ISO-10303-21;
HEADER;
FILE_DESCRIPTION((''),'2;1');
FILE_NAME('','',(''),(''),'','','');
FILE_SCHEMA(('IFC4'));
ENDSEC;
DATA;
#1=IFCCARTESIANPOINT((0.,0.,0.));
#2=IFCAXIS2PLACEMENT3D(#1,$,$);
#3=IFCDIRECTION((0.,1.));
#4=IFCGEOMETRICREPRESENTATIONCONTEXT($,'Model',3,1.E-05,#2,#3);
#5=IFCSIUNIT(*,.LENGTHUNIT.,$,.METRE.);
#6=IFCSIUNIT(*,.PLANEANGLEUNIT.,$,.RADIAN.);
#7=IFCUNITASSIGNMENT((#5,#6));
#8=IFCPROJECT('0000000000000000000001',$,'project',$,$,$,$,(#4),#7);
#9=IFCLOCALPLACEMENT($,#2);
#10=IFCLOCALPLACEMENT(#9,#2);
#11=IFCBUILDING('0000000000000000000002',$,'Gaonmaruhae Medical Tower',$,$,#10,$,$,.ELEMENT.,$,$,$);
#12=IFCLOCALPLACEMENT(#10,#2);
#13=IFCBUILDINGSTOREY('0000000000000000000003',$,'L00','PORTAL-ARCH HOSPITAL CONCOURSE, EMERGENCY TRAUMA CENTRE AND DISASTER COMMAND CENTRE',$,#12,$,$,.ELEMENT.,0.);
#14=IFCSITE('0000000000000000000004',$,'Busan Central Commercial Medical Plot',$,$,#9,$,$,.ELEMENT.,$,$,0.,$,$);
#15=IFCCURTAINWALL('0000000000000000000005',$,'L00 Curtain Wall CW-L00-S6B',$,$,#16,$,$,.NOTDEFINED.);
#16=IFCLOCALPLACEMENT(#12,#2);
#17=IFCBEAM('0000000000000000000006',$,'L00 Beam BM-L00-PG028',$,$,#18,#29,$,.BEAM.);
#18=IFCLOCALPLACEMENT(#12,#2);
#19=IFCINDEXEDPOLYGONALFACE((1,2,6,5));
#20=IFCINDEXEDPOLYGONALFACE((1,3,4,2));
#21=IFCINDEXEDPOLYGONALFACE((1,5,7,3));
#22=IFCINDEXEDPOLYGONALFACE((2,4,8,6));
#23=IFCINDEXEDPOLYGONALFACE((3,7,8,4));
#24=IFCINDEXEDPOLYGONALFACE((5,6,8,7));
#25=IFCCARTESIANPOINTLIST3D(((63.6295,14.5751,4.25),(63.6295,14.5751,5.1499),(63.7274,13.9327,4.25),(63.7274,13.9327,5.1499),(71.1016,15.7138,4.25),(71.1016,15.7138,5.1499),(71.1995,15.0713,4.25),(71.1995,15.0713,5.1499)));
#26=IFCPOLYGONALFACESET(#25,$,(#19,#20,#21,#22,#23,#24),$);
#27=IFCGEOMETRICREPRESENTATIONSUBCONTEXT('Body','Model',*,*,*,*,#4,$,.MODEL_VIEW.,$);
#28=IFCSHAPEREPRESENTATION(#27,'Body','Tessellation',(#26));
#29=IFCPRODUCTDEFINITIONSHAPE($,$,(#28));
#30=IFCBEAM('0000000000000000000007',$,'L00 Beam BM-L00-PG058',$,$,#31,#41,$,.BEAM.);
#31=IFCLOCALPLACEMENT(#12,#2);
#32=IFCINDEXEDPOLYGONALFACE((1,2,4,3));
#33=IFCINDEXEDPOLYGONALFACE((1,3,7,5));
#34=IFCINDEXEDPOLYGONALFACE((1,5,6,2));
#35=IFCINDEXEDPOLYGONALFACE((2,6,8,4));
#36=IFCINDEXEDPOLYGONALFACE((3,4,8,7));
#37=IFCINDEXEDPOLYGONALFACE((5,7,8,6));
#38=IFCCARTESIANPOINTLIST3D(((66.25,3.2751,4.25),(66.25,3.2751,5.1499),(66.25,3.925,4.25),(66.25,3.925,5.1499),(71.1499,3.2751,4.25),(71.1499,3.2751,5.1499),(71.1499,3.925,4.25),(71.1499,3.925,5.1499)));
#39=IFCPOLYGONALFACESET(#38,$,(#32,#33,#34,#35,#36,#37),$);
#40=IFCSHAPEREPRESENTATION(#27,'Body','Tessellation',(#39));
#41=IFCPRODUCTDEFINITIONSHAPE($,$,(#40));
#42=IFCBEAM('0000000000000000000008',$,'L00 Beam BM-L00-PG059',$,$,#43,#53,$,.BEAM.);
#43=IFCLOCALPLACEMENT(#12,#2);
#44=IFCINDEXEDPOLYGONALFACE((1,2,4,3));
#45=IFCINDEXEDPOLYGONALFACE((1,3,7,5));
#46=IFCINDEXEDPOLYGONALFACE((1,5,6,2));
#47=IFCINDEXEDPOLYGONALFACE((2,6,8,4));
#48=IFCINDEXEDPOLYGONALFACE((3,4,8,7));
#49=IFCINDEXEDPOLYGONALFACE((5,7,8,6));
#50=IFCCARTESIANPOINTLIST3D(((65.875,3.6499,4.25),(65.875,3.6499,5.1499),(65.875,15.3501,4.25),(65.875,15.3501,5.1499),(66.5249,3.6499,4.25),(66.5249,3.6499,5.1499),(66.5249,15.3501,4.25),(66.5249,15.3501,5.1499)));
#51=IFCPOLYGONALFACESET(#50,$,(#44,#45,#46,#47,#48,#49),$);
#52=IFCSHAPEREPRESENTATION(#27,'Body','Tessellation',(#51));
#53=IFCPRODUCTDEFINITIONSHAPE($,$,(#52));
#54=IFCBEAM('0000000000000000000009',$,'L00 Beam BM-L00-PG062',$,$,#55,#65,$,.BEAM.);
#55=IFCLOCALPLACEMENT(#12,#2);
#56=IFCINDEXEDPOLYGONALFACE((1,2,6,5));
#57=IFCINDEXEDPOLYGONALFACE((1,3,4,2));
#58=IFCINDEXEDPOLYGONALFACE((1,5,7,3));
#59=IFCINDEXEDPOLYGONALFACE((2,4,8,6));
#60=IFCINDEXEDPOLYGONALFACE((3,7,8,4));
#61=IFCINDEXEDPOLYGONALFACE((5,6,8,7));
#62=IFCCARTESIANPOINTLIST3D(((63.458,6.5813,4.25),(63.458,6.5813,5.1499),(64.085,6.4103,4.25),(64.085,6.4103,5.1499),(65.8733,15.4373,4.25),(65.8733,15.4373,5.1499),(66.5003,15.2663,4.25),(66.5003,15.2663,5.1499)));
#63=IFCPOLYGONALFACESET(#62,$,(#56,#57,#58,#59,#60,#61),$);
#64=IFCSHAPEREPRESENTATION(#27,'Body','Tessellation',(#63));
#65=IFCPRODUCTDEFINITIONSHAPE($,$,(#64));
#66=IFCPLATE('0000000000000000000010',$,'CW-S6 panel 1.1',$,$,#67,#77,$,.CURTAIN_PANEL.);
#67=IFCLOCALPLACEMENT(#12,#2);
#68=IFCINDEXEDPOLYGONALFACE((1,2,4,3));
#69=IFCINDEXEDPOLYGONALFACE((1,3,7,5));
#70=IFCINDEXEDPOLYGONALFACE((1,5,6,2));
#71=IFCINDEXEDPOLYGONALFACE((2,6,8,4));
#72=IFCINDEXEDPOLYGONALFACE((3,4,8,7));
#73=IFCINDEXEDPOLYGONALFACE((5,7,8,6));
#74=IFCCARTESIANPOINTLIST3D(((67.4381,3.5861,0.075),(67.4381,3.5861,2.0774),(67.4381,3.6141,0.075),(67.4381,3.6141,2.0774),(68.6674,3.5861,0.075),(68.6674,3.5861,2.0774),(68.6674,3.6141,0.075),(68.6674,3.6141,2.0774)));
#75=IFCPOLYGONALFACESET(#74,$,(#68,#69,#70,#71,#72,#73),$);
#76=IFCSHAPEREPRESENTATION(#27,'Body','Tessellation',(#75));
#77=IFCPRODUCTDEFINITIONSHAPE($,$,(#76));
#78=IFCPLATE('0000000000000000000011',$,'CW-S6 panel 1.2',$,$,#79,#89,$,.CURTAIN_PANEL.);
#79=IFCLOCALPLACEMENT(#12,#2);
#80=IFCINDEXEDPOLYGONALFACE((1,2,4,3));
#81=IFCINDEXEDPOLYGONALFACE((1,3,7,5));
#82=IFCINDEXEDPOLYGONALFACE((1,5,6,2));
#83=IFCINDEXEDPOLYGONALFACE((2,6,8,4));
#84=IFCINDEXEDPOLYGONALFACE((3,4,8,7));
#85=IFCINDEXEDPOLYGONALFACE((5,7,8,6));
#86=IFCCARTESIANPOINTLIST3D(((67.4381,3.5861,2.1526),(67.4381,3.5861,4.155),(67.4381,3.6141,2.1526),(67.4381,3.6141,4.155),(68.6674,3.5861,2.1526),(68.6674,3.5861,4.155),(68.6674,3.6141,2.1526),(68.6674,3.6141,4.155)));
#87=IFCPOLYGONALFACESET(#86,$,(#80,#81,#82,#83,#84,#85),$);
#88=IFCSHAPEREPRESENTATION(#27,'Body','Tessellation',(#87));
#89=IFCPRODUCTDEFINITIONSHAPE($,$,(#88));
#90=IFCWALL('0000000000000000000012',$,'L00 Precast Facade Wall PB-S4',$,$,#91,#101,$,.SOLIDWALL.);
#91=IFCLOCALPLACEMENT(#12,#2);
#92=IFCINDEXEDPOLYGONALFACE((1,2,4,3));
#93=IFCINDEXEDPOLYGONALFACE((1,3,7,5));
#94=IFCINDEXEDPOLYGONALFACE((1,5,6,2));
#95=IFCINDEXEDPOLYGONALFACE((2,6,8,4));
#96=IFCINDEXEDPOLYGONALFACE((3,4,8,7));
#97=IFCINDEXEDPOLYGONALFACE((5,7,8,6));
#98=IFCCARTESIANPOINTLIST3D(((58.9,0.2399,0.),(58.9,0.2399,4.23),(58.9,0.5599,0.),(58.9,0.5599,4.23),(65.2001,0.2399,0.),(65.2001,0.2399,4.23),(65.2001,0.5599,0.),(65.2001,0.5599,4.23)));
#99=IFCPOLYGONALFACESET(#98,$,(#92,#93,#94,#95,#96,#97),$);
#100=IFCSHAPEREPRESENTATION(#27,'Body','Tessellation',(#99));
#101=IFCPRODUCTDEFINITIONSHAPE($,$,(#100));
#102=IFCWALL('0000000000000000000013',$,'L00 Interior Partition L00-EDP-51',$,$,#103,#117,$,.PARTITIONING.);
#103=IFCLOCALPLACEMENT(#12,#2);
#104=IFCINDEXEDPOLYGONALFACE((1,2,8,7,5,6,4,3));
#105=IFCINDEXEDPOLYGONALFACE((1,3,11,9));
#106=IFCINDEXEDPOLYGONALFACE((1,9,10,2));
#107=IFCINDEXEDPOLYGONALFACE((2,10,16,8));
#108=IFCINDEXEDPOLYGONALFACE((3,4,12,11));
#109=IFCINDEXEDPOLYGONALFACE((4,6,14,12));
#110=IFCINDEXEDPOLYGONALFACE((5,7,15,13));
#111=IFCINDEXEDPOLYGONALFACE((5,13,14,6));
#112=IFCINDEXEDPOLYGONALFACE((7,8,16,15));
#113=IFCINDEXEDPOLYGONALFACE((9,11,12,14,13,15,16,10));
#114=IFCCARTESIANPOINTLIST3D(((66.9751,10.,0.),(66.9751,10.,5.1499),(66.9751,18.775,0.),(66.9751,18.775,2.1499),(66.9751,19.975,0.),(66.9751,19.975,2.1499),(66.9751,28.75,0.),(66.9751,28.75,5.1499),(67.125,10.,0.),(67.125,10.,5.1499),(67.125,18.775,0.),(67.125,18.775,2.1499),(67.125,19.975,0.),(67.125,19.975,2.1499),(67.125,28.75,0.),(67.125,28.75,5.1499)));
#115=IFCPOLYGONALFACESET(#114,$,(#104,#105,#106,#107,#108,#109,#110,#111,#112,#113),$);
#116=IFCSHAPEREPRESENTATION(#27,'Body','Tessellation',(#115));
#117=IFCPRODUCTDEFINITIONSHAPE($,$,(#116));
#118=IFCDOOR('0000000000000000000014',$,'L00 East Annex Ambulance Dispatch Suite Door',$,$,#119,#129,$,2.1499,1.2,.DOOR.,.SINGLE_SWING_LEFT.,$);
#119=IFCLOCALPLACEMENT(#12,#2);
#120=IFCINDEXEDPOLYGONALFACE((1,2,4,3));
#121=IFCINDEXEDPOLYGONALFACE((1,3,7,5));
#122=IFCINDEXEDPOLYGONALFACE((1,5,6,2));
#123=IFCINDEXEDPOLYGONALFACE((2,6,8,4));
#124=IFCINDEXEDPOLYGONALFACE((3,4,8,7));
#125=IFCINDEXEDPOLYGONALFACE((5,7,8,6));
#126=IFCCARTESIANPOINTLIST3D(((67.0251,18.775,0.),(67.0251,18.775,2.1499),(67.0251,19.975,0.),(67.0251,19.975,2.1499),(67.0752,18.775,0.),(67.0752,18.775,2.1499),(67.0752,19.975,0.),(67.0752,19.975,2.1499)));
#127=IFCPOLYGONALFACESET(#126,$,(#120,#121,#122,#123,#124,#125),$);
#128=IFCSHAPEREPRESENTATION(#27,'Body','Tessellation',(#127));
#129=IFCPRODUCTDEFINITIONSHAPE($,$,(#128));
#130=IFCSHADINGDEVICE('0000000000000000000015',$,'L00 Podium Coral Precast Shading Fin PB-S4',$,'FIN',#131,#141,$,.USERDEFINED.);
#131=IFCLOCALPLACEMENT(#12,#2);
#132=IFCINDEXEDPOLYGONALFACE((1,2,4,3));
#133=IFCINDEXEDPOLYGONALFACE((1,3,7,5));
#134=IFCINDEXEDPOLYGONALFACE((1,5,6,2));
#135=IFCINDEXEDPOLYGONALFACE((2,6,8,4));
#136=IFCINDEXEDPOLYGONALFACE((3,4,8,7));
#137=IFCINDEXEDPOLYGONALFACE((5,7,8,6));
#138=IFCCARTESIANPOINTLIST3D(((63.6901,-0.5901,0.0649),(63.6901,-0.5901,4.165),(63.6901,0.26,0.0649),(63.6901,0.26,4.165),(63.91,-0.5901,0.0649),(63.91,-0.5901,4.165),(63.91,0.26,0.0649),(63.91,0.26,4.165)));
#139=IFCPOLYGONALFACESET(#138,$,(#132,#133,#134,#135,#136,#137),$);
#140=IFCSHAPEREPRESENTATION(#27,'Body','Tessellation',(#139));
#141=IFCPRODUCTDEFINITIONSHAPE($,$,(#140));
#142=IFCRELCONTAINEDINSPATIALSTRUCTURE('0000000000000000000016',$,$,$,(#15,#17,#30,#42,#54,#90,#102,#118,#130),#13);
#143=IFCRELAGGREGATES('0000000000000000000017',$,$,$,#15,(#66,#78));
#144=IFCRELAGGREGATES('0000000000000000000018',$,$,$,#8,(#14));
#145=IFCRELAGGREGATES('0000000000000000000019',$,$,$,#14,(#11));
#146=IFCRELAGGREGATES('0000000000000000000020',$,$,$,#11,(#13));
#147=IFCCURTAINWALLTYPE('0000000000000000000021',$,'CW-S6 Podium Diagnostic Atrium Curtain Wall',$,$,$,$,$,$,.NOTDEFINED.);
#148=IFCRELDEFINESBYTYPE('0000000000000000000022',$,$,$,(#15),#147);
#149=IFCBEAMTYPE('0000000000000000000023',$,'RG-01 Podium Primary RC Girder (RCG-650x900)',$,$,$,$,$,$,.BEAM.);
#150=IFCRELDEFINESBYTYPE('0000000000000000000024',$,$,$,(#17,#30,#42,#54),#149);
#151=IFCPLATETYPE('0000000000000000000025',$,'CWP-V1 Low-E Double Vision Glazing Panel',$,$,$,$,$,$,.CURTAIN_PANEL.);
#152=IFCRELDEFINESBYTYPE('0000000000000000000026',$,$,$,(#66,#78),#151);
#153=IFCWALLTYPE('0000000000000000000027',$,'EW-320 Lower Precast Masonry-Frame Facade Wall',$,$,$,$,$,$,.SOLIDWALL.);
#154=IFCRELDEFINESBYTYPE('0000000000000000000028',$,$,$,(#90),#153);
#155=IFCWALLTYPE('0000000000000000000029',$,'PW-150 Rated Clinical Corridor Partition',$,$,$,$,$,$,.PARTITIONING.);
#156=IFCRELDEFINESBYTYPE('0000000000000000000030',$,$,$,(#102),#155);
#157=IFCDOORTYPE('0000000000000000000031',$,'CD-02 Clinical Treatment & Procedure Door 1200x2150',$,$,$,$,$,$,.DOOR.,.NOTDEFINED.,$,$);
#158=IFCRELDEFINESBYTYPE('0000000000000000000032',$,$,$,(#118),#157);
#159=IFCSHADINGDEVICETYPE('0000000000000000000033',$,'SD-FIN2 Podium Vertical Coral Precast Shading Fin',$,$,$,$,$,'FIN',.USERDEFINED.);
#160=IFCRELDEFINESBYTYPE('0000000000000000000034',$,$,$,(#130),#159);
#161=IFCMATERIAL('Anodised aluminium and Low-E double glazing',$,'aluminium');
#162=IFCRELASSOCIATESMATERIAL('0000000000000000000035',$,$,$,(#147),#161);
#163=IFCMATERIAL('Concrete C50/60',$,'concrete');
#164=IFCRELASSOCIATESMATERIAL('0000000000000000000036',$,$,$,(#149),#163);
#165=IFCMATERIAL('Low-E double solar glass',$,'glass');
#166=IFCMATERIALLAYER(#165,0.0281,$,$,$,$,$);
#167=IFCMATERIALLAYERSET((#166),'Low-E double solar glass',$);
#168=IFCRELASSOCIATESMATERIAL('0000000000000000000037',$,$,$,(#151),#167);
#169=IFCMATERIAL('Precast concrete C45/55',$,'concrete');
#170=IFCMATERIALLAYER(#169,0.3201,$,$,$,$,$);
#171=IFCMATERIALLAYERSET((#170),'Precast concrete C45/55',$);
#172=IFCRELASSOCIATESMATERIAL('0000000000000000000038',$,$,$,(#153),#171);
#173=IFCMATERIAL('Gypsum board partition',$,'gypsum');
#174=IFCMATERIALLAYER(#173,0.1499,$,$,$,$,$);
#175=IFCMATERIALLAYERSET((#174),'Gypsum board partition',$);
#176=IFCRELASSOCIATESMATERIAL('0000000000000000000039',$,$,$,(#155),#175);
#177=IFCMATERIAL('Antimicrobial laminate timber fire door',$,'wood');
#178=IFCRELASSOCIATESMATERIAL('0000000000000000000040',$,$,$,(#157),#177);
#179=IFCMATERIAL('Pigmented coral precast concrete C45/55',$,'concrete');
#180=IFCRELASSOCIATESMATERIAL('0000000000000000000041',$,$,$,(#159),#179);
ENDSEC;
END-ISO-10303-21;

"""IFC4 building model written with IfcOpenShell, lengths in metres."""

from ifc_helpers import new_model, si_unit, direction, frame, frame_2d, origin, origin_2d, place, context, subcontext, project, spatial, rectangle, extrude, material, layer, layer_set, material_profile, profile_set, type_object, element, fill, aggregate, save


model = new_model("IFC4")

# Units and contexts
model_context = context("Model", 3, precision=1e-05, world=origin(), true_north=direction((0.0, 1.0)))
body_context = subcontext(model_context, "Body", "Model", "MODEL_VIEW")
ifc_project = project(units=[si_unit("LENGTHUNIT", "METRE"), si_unit("PLANEANGLEUNIT", "RADIAN")], contexts=[model_context])

# Site, building, storey
site_placement = place(None, origin())
site = spatial("IfcSite", under=ifc_project, at=site_placement, Name="Busan Central Commercial Medical Plot", CompositionType="ELEMENT", RefElevation=0.0)
building_placement = place(site_placement, origin())
building = spatial("IfcBuilding", under=site, at=building_placement, Name="Gaonmaruhae Medical Tower", CompositionType="ELEMENT")
storey_placement = place(building_placement, origin())
storey = spatial("IfcBuildingStorey", under=building, at=storey_placement, Name="L00", Description="PORTAL-ARCH HOSPITAL CONCOURSE, EMERGENCY TRAUMA CENTRE AND DISASTER COMMAND CENTRE", CompositionType="ELEMENT", Elevation=0.0)

# Shared definitions
ifc_material_1 = material(Name="Concrete C50/60", Category="concrete")

# Curtain wall
ifc_material_2 = material(Name="Anodised aluminium and Low-E double glazing", Category="aluminium")
curtain_wall_type = type_object("IfcCurtainWallType", Name="CW-S6 Podium Diagnostic Atrium Curtain Wall", PredefinedType="NOTDEFINED", material=ifc_material_2)
curtain_wall_placement = place(storey_placement, origin())
curtain_wall = element("IfcCurtainWall", 1, at=curtain_wall_placement, inside=storey, type_object=curtain_wall_type, Name="L00 Curtain Wall CW-L00-S6B", PredefinedType="NOTDEFINED")

# Beams
ifc_material_profile_1 = material_profile(ifc_material_1, rectangle(XDim=0.6499, YDim=0.8999, at=origin_2d()), Name="RCG-650x900")
ifc_profile_set_1 = profile_set([ifc_material_profile_1], Name="Concrete C50/60")
beam_type = type_object("IfcBeamType", Name="RG-01 Podium Primary RC Girder (RCG-650x900)", PredefinedType="BEAM", material=ifc_profile_set_1)
beam_1_placement = place(storey_placement, frame((63.6785, 14.2539, 4.7), z_axis=(0.988587, 0.150649, 0.0), x_axis=(-0.150649, 0.988587, 0.0)))
element("IfcBeam", 2, at=beam_1_placement, inside=storey, type_object=beam_type, Name="L00 Beam BM-L00-PG028", PredefinedType="BEAM", context=body_context, shape_type="SweptSolid", body=[
    extrude(rectangle(XDim=0.6499, YDim=0.8999, at=origin_2d()), origin(), (0.0, 0.0, 1.0), 7.5583),
])
beam_2_placement = place(storey_placement, frame((66.25, 3.6001, 4.7), z_axis=(1.0, 0.0, 0.0), x_axis=(0.0, 1.0, 0.0)))
element("IfcBeam", 3, at=beam_2_placement, inside=storey, type_object=beam_type, Name="L00 Beam BM-L00-PG058", PredefinedType="BEAM", context=body_context, shape_type="SweptSolid", body=[
    extrude(rectangle(XDim=0.6499, YDim=0.8999, at=origin_2d()), origin(), (0.0, 0.0, 1.0), 4.8999),
])
beam_3_placement = place(storey_placement, frame((66.2, 3.6499, 4.7), z_axis=(0.0, 1.0, 0.0), x_axis=(-1.0, 0.0, 0.0)))
element("IfcBeam", 4, at=beam_3_placement, inside=storey, type_object=beam_type, Name="L00 Beam BM-L00-PG059", PredefinedType="BEAM", context=body_context, shape_type="SweptSolid", body=[
    extrude(rectangle(XDim=0.6499, YDim=0.8999, at=origin_2d()), origin(), (0.0, 0.0, 1.0), 11.7002),
])
beam_4_placement = place(storey_placement, frame((66.1868, 15.3518, 4.7), z_axis=(-0.26312, -0.964763, 0.0), x_axis=(0.964763, -0.26312, 0.0)))
element("IfcBeam", 5, at=beam_4_placement, inside=storey, type_object=beam_type, Name="L00 Beam BM-L00-PG062", PredefinedType="BEAM", context=body_context, shape_type="SweptSolid", body=[
    extrude(rectangle(XDim=0.6499, YDim=0.8999, at=origin_2d()), origin(), (0.0, 0.0, 1.0), 9.1794),
])

# Plates
ifc_material_3 = material(Name="Low-E double solar glass", Category="glass")
ifc_layer_1 = layer(ifc_material_3, 0.0281)
ifc_layer_set_1 = layer_set([ifc_layer_1], Name="Low-E double solar glass")
plate_type = type_object("IfcPlateType", Name="CWP-V1 Low-E Double Vision Glazing Panel", PredefinedType="CURTAIN_PANEL", material=ifc_layer_set_1)
plate_1_placement = place(storey_placement, frame((68.0527, 3.6001, 0.075), z_axis=(0.0, 0.0, 1.0), x_axis=(1.0, 0.0, 0.0)))
plate_1 = element("IfcPlate", 6, at=plate_1_placement, type_object=plate_type, Name="CW-S6 panel 1.1", PredefinedType="CURTAIN_PANEL", context=body_context, shape_type="SweptSolid", body=[
    extrude(rectangle(XDim=1.2292, YDim=0.0281, at=origin_2d()), origin(), (0.0, 0.0, 1.0), 2.0024),
])
plate_2_placement = place(storey_placement, frame((68.0527, 3.6001, 2.1526), z_axis=(0.0, 0.0, 1.0), x_axis=(1.0, 0.0, 0.0)))
plate_2 = element("IfcPlate", 7, at=plate_2_placement, type_object=plate_type, Name="CW-S6 panel 1.2", PredefinedType="CURTAIN_PANEL", context=body_context, shape_type="SweptSolid", body=[
    extrude(rectangle(XDim=1.2292, YDim=0.0281, at=origin_2d()), origin(), (0.0, 0.0, 1.0), 2.0024),
])
aggregate(curtain_wall, [plate_1, plate_2])

# Wall
ifc_material_4 = material(Name="Precast concrete C45/55", Category="concrete")
ifc_layer_2 = layer(ifc_material_4, 0.3201)
ifc_layer_set_2 = layer_set([ifc_layer_2], Name="Precast concrete C45/55")
wall_type_1 = type_object("IfcWallType", Name="EW-320 Lower Precast Masonry-Frame Facade Wall", PredefinedType="SOLIDWALL", material=ifc_layer_set_2)
wall_1_placement = place(storey_placement, frame((65.2, 0.3999, 0.0), z_axis=(0.0, 0.0, 1.0), x_axis=(-1.0, 0.0, 0.0)))
element("IfcWall", 8, at=wall_1_placement, inside=storey, type_object=wall_type_1, Name="L00 Precast Facade Wall PB-S4", PredefinedType="SOLIDWALL", context=body_context, shape_type="SweptSolid", body=[
    extrude(rectangle(XDim=6.3, YDim=0.3201, at=frame_2d((3.1499, 0.0))), origin(), (0.0, 0.0, 1.0), 4.23),
])

# Wall, opening, door
ifc_material_5 = material(Name="Gypsum board partition", Category="gypsum")
ifc_layer_3 = layer(ifc_material_5, 0.1499)
ifc_layer_set_3 = layer_set([ifc_layer_3], Name="Gypsum board partition")
wall_type_2 = type_object("IfcWallType", Name="PW-150 Rated Clinical Corridor Partition", PredefinedType="PARTITIONING", material=ifc_layer_set_3)
wall_2_placement = place(storey_placement, frame((67.05, 10.0, 0.0), z_axis=(0.0, 0.0, 1.0), x_axis=(0.0, 1.0, 0.0)))
wall_2 = element("IfcWall", 9, at=wall_2_placement, inside=storey, type_object=wall_type_2, Name="L00 Interior Partition L00-EDP-51", PredefinedType="PARTITIONING", context=body_context, shape_type="SweptSolid", body=[
    extrude(rectangle(XDim=18.75, YDim=0.1499, at=frame_2d((9.375, 0.0))), origin(), (0.0, 0.0, 1.0), 5.1499),
])
opening_placement = place(wall_2_placement, frame((8.7749, 0.0, 0.0)))
opening = element("IfcOpeningElement", 10, at=opening_placement, cuts=wall_2, PredefinedType="OPENING", context=body_context, shape_type="SweptSolid", body=[
    extrude(rectangle(XDim=1.2, YDim=2.1499, at=frame_2d((0.6001, 1.075))), frame((0.0, 0.085, 0.0), z_axis=(0.0, -1.0, 0.0), x_axis=(1.0, 0.0, 0.0)), (0.0, 0.0, 1.0), 0.1699),
])
ifc_material_6 = material(Name="Antimicrobial laminate timber fire door", Category="wood")
door_type = type_object("IfcDoorType", Name="CD-02 Clinical Treatment & Procedure Door 1200x2150", OperationType="NOTDEFINED", PredefinedType="DOOR", material=ifc_material_6)
door_placement = place(opening_placement, origin())
door = element("IfcDoor", 11, at=door_placement, inside=storey, type_object=door_type, Name="L00 East Annex Ambulance Dispatch Suite Door", OperationType="SINGLE_SWING_LEFT", OverallHeight=2.1499, OverallWidth=1.2, PredefinedType="DOOR", context=body_context, shape_type="SweptSolid", body=[
    extrude(rectangle(XDim=1.2, YDim=2.1499, at=frame_2d((0.6001, 1.075))), frame((0.0, 0.0249, 0.0), z_axis=(0.0, -1.0, 0.0), x_axis=(1.0, 0.0, 0.0)), (0.0, 0.0, 1.0), 0.05),
])
fill(opening, door)

# Shading device
ifc_material_7 = material(Name="Pigmented coral precast concrete C45/55", Category="concrete")
shading_device_type = type_object("IfcShadingDeviceType", Name="SD-FIN2 Podium Vertical Coral Precast Shading Fin", ElementType="FIN", PredefinedType="USERDEFINED", material=ifc_material_7)
shading_device_placement = place(storey_placement, frame((63.8, -0.165, 0.0649), z_axis=(0.0, 0.0, 1.0), x_axis=(-1.0, 0.0, 0.0)))
element("IfcShadingDevice", 12, at=shading_device_placement, inside=storey, type_object=shading_device_type, Name="L00 Podium Coral Precast Shading Fin PB-S4", ObjectType="FIN", PredefinedType="USERDEFINED", context=body_context, shape_type="SweptSolid", body=[
    extrude(rectangle(XDim=0.22, YDim=0.8501, at=origin_2d()), origin(), (0.0, 0.0, 1.0), 4.1001),
])

save(model, "model.ifc")
